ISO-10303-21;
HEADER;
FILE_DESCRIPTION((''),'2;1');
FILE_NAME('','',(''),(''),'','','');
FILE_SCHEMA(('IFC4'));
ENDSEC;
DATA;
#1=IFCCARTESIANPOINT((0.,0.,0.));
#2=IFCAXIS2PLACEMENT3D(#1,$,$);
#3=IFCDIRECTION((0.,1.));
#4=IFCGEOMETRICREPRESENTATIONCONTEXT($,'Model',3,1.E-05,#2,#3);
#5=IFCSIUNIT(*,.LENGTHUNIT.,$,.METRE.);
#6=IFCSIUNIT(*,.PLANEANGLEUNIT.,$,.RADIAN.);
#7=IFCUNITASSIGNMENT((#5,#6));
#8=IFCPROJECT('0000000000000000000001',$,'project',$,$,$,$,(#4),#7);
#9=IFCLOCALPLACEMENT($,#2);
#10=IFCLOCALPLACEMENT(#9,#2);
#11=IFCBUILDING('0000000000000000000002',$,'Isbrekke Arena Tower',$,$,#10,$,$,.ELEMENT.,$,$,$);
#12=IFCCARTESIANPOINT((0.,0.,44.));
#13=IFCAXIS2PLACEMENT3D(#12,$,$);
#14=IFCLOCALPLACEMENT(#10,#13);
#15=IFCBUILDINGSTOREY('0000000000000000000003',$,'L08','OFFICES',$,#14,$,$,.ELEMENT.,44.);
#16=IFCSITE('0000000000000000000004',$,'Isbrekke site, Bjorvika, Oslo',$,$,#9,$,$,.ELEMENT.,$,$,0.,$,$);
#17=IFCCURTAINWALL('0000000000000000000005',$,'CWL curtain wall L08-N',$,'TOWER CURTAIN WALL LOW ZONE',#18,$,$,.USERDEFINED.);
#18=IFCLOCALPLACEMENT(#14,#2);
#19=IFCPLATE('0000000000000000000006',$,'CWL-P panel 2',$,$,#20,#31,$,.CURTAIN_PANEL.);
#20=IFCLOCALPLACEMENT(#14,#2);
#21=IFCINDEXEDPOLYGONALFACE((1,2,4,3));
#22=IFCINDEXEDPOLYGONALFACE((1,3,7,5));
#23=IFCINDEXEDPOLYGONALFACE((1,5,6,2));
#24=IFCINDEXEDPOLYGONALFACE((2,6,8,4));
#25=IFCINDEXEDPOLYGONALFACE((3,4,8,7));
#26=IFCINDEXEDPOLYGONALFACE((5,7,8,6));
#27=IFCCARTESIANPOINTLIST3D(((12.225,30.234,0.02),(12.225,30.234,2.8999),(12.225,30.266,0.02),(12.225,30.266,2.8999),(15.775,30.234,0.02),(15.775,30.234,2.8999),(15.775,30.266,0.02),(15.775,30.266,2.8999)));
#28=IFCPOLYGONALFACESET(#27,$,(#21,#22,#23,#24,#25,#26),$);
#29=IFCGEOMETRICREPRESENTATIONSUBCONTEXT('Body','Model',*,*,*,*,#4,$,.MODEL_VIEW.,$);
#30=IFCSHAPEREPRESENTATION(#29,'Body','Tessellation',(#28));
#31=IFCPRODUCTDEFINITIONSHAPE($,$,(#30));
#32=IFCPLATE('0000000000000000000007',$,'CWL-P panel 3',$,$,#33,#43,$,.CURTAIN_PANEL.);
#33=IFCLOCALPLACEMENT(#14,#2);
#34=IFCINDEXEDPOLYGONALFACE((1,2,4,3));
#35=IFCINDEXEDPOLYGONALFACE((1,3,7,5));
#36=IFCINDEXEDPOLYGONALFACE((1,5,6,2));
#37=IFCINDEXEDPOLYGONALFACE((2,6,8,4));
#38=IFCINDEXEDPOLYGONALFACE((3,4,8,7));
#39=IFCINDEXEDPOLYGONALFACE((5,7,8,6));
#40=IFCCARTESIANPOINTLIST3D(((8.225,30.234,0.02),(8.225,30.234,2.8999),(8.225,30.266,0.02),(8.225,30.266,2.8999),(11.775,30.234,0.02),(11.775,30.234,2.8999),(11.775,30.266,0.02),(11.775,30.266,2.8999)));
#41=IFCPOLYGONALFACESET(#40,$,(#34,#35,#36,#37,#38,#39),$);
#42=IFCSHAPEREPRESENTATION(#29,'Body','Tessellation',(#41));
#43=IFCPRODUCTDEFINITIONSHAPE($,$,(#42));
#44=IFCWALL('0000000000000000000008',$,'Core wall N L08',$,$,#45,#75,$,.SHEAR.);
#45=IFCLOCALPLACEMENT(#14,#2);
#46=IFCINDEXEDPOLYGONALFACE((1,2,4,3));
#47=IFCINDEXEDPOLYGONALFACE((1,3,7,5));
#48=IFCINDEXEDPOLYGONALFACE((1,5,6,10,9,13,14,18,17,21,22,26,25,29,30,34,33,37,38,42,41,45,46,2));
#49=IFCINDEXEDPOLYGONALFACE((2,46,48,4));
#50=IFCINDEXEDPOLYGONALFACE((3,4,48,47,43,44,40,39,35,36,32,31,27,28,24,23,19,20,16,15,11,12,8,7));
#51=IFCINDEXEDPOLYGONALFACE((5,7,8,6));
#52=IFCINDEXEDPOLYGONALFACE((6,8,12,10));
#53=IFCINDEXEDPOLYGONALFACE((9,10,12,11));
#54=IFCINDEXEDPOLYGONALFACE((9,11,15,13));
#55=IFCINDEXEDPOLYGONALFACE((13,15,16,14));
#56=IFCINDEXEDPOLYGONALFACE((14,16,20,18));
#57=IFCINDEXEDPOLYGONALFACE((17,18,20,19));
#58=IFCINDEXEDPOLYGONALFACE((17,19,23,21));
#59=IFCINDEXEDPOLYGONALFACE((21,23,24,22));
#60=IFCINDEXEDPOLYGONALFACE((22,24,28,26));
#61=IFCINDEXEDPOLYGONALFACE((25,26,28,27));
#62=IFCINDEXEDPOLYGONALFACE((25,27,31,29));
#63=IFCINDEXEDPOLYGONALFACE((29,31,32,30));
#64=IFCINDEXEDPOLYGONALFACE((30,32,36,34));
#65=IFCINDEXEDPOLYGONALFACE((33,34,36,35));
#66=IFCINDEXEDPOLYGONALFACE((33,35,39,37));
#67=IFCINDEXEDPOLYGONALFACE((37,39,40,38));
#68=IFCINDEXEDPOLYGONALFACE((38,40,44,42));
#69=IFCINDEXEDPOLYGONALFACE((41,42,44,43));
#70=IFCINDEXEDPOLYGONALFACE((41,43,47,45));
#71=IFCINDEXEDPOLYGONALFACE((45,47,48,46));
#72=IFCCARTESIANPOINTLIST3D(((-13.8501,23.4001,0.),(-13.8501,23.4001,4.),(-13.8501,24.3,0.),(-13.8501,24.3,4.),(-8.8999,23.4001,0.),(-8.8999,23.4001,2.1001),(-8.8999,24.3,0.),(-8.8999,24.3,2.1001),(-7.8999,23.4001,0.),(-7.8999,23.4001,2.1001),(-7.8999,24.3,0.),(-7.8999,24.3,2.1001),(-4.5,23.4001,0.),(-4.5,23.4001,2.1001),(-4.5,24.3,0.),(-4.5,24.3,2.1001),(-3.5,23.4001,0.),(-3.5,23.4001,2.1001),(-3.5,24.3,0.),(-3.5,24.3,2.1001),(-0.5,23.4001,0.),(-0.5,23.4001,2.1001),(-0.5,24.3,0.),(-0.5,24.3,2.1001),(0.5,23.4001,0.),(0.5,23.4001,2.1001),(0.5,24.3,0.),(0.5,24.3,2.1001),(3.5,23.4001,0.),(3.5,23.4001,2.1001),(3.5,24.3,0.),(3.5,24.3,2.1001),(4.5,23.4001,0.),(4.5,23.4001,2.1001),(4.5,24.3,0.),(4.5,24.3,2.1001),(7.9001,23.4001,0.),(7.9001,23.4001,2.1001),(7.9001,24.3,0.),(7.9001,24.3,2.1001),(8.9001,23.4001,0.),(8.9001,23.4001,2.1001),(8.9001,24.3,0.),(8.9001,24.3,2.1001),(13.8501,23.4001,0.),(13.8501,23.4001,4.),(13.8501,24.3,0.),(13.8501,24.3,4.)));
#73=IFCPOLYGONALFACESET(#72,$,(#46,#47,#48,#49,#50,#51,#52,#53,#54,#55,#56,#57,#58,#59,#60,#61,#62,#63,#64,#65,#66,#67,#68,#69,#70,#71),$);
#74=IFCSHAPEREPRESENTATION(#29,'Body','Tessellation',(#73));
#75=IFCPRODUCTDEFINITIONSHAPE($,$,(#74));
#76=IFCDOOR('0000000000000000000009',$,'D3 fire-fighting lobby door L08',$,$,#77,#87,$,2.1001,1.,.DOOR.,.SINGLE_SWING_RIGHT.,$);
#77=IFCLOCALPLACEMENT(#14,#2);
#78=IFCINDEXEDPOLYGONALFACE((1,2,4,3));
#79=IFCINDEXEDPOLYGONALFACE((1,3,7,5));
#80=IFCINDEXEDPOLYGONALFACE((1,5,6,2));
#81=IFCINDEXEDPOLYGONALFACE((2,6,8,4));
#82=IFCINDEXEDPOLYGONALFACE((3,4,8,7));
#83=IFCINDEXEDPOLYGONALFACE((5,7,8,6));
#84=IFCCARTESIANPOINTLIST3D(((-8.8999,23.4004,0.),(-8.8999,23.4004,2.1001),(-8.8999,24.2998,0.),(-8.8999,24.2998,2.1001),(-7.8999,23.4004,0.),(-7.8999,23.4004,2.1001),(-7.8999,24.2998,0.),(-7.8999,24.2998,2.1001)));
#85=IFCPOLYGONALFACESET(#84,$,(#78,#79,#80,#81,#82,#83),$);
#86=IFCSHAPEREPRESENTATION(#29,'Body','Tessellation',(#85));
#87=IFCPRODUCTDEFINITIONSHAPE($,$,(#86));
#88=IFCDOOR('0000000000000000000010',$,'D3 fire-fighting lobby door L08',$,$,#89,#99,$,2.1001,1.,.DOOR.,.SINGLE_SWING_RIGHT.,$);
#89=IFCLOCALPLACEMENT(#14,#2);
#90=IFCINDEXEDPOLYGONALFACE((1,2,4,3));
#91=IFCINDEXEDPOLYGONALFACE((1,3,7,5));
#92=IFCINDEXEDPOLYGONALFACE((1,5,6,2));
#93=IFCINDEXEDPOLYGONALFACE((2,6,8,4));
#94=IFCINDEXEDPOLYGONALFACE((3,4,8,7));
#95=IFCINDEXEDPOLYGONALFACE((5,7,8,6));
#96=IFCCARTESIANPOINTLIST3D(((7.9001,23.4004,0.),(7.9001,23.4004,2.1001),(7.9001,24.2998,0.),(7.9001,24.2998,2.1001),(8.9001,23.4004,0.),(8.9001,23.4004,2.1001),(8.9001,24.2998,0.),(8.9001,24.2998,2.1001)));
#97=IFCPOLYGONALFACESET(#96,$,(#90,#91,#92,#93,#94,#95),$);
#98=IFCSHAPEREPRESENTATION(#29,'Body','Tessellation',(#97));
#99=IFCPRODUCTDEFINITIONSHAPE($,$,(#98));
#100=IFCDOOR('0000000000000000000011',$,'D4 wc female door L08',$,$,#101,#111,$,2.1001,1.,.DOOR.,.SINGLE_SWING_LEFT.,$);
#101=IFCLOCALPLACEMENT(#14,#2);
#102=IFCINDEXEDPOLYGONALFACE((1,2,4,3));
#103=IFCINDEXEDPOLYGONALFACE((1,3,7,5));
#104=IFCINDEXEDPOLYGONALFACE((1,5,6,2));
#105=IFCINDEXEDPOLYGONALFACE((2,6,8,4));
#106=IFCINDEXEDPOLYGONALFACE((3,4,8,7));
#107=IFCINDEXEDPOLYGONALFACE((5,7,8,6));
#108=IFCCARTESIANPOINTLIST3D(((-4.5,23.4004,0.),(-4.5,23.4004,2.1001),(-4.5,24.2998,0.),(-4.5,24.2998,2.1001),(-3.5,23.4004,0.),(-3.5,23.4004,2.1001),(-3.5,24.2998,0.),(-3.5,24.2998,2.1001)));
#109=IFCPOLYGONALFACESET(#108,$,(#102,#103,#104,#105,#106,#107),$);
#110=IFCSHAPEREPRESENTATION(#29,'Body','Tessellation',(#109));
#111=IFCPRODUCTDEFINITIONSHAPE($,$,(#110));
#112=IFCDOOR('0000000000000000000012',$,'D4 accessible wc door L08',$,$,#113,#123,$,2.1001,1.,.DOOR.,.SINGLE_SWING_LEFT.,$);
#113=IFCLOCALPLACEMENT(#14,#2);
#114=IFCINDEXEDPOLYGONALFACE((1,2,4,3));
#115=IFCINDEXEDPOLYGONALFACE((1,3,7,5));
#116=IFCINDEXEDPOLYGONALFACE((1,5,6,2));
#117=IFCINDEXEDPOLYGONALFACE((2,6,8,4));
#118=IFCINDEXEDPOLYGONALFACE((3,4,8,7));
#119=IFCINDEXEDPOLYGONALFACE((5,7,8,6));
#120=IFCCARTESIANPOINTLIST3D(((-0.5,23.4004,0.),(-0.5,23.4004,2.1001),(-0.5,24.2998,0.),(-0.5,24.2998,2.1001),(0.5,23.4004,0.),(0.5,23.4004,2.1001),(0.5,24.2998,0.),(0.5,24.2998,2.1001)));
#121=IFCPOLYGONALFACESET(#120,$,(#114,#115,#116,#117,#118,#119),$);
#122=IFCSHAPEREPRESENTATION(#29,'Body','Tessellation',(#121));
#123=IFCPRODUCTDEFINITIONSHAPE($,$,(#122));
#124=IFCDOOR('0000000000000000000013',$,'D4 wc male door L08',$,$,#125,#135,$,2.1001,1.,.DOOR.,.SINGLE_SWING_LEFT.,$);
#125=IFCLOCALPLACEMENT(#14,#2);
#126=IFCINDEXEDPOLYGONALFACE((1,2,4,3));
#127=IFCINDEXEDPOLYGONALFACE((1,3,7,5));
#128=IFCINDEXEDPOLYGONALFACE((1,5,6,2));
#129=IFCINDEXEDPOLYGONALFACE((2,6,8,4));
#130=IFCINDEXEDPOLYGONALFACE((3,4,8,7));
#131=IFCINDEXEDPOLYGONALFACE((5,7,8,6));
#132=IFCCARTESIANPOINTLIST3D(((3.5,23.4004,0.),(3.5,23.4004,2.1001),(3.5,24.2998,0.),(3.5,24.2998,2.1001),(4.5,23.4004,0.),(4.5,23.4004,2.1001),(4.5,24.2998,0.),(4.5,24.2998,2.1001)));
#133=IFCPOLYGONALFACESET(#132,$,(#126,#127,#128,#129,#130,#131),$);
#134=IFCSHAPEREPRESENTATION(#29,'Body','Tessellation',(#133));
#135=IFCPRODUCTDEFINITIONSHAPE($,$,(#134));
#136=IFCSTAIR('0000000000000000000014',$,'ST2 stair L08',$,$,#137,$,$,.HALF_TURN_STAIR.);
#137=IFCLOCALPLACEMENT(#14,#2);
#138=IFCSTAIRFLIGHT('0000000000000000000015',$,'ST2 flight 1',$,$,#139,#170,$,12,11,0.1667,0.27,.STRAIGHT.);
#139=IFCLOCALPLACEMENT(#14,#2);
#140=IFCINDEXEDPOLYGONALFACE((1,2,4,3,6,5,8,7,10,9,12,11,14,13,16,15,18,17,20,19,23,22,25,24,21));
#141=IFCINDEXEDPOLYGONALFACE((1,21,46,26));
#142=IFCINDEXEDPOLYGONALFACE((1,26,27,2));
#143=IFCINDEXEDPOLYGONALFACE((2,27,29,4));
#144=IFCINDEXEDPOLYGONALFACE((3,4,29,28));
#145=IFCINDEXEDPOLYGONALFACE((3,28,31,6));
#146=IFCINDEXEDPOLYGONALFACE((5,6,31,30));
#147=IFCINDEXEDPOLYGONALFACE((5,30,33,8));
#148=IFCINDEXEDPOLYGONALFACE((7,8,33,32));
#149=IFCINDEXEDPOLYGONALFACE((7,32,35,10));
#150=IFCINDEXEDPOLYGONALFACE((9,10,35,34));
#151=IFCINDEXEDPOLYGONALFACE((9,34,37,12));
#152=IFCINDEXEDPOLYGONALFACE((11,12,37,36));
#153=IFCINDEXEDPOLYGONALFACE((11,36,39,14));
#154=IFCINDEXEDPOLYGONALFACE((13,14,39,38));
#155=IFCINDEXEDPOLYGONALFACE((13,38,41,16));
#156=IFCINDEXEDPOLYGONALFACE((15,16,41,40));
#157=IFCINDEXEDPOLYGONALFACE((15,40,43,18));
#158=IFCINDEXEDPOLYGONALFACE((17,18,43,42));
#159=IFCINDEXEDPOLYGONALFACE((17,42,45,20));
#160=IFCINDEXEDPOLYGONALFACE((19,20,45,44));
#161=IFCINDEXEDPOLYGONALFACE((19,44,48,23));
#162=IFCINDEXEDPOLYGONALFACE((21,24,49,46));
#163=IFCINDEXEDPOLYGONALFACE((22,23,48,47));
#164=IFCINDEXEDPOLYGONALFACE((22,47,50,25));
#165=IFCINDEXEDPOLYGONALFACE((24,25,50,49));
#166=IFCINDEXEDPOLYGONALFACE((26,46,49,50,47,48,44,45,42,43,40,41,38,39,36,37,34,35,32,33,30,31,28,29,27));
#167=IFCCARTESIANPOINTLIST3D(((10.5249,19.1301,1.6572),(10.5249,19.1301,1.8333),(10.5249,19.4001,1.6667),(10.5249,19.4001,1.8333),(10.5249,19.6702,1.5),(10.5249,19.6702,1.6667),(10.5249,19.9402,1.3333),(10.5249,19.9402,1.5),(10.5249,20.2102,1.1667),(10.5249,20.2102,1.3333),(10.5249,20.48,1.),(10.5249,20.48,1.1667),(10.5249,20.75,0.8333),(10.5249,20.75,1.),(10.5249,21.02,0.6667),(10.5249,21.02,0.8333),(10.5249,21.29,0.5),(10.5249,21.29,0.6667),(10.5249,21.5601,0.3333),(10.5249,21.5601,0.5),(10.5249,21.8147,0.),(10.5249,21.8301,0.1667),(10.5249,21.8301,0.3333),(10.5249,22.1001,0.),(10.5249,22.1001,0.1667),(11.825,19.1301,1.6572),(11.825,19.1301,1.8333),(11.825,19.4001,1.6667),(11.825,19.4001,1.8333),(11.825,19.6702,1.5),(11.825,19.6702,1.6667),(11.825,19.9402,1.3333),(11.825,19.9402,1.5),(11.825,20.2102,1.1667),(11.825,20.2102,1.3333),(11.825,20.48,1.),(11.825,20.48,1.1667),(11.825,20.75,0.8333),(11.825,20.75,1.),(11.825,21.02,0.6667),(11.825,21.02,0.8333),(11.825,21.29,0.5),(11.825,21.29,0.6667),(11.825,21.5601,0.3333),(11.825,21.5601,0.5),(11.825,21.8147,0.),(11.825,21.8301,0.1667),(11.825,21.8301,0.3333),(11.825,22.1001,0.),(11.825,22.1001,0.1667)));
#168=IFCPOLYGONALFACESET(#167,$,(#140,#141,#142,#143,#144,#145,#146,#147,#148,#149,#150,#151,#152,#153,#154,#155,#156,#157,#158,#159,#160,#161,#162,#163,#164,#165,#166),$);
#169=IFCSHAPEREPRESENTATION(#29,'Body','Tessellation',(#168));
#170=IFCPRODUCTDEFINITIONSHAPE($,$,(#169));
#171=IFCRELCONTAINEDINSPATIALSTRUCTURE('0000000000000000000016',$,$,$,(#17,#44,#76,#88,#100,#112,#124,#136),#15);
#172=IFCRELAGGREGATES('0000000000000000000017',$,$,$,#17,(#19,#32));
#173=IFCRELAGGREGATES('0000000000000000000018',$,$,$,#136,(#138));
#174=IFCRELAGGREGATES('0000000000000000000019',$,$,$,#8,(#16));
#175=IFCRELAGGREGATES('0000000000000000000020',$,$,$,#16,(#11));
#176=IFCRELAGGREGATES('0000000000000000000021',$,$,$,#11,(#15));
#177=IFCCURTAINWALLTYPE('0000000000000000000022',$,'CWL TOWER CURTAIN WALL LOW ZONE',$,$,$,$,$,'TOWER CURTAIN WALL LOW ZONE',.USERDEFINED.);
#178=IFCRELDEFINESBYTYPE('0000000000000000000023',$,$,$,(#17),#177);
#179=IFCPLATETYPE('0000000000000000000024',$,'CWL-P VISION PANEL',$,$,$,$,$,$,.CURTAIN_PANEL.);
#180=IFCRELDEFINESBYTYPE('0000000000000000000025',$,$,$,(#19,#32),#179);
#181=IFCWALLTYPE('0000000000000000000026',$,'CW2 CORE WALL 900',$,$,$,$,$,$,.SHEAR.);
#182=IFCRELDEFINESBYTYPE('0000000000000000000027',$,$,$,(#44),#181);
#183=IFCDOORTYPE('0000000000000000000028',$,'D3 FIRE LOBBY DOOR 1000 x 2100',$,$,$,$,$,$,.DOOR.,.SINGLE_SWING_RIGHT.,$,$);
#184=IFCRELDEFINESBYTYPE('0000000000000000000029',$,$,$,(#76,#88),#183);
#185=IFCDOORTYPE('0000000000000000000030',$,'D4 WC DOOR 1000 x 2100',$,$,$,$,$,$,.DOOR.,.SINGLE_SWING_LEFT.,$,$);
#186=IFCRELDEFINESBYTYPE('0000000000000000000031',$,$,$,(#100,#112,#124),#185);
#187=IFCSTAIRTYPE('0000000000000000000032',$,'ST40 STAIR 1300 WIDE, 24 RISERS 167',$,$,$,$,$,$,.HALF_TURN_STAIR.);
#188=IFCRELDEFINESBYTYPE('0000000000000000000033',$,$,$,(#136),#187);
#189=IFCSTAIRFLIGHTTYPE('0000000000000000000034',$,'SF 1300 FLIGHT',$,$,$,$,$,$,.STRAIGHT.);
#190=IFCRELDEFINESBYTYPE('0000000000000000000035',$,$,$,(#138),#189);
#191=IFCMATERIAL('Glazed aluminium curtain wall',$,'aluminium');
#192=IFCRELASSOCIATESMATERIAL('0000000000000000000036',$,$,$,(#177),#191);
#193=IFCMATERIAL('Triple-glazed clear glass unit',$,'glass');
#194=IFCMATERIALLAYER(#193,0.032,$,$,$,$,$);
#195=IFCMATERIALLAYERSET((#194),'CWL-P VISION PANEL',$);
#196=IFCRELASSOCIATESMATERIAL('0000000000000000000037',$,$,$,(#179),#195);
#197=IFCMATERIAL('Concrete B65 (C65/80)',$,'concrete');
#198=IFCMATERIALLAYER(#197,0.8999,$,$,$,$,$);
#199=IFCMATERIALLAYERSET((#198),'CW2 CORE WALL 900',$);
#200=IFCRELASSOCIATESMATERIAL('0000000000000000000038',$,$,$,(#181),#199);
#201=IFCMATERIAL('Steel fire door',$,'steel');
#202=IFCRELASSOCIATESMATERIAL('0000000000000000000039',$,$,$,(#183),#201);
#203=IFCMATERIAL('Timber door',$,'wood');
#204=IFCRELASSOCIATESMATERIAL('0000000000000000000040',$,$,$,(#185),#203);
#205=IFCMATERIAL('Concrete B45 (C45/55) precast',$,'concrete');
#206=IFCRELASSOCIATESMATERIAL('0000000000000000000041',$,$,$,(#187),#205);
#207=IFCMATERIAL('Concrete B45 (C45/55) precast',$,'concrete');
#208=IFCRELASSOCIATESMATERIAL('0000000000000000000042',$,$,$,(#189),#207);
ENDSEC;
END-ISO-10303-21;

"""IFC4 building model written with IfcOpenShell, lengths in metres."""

from ifc_helpers import new_model, si_unit, direction, frame, frame_2d, origin, origin_2d, place, context, subcontext, project, spatial, polyline, rectangle, outline, extrude, material, layer, layer_set, type_object, element, fill, aggregate, save


model = new_model("IFC4")

# Units and contexts
model_context = context("Model", 3, precision=1e-05, world=origin(), true_north=direction((0.0, 1.0)))
body_context = subcontext(model_context, "Body", "Model", "MODEL_VIEW")
ifc_project = project(units=[si_unit("LENGTHUNIT", "METRE"), si_unit("PLANEANGLEUNIT", "RADIAN")], contexts=[model_context])

# Site, building, storey
site_placement = place(None, origin())
site = spatial("IfcSite", under=ifc_project, at=site_placement, Name="Isbrekke site, Bjorvika, Oslo", CompositionType="ELEMENT", RefElevation=0.0)
building_placement = place(site_placement, origin())
building = spatial("IfcBuilding", under=site, at=building_placement, Name="Isbrekke Arena Tower", CompositionType="ELEMENT")
storey_placement = place(building_placement, frame((0.0, 0.0, 44.0)))
storey = spatial("IfcBuildingStorey", under=building, at=storey_placement, Name="L08", Description="OFFICES", CompositionType="ELEMENT", Elevation=44.0)

# Curtain wall
ifc_material_1 = material(Name="Glazed aluminium curtain wall", Category="aluminium")
curtain_wall_type = type_object("IfcCurtainWallType", Name="CWL TOWER CURTAIN WALL LOW ZONE", ElementType="TOWER CURTAIN WALL LOW ZONE", PredefinedType="USERDEFINED", material=ifc_material_1)
curtain_wall_placement = place(storey_placement, origin())
curtain_wall = element("IfcCurtainWall", 1, at=curtain_wall_placement, inside=storey, type_object=curtain_wall_type, Name="CWL curtain wall L08-N", ObjectType="TOWER CURTAIN WALL LOW ZONE", PredefinedType="USERDEFINED")

# Plates
ifc_material_2 = material(Name="Triple-glazed clear glass unit", Category="glass")
ifc_layer_1 = layer(ifc_material_2, 0.032)
ifc_layer_set_1 = layer_set([ifc_layer_1], Name="CWL-P VISION PANEL")
plate_type = type_object("IfcPlateType", Name="CWL-P VISION PANEL", PredefinedType="CURTAIN_PANEL", material=ifc_layer_set_1)
plate_1_placement = place(storey_placement, frame((14.0, 30.25, 0.02), z_axis=(0.0, 0.0, 1.0), x_axis=(-1.0, 0.0, 0.0)))
plate_1 = element("IfcPlate", 2, at=plate_1_placement, type_object=plate_type, Name="CWL-P panel 2", PredefinedType="CURTAIN_PANEL", context=body_context, shape_type="SweptSolid", body=[
    extrude(rectangle(XDim=3.55, YDim=0.032, at=origin_2d()), origin(), (0.0, 0.0, 1.0), 2.8799),
])
plate_2_placement = place(storey_placement, frame((10.0, 30.25, 0.02), z_axis=(0.0, 0.0, 1.0), x_axis=(-1.0, 0.0, 0.0)))
plate_2 = element("IfcPlate", 3, at=plate_2_placement, type_object=plate_type, Name="CWL-P panel 3", PredefinedType="CURTAIN_PANEL", context=body_context, shape_type="SweptSolid", body=[
    extrude(rectangle(XDim=3.55, YDim=0.032, at=origin_2d()), origin(), (0.0, 0.0, 1.0), 2.8799),
])
aggregate(curtain_wall, [plate_1, plate_2])

# Wall, openings, doors
ifc_material_3 = material(Name="Concrete B65 (C65/80)", Category="concrete")
ifc_layer_2 = layer(ifc_material_3, 0.8999)
ifc_layer_set_2 = layer_set([ifc_layer_2], Name="CW2 CORE WALL 900")
wall_type = type_object("IfcWallType", Name="CW2 CORE WALL 900", PredefinedType="SHEAR", material=ifc_layer_set_2)
wall_placement = place(storey_placement, frame((13.8501, 23.8501, 0.0), z_axis=(0.0, 0.0, 1.0), x_axis=(-1.0, 0.0, 0.0)))
wall = element("IfcWall", 4, at=wall_placement, inside=storey, type_object=wall_type, Name="Core wall N L08", PredefinedType="SHEAR", context=body_context, shape_type="SweptSolid", body=[
    extrude(rectangle(XDim=27.7002, YDim=0.8999, at=frame_2d((13.8501, 0.0))), origin(), (0.0, 0.0, 1.0), 4.0),
])
opening_1_placement = place(wall_placement, frame((21.75, 0.0, 0.0)))
opening_1 = element("IfcOpeningElement", 5, at=opening_1_placement, cuts=wall, PredefinedType="OPENING", context=body_context, shape_type="SweptSolid", body=[
    extrude(rectangle(XDim=1.0, YDim=2.1001, at=frame_2d((0.5, 1.05))), frame((0.0, 0.4648, 0.0), z_axis=(0.0, -1.0, 0.0), x_axis=(1.0, 0.0, 0.0)), (0.0, 0.0, 1.0), 0.9297),
])
opening_2_placement = place(wall_placement, frame((4.95, 0.0, 0.0)))
opening_2 = element("IfcOpeningElement", 6, at=opening_2_placement, cuts=wall, PredefinedType="OPENING", context=body_context, shape_type="SweptSolid", body=[
    extrude(rectangle(XDim=1.0, YDim=2.1001, at=frame_2d((0.5, 1.05))), frame((0.0, 0.4648, 0.0), z_axis=(0.0, -1.0, 0.0), x_axis=(1.0, 0.0, 0.0)), (0.0, 0.0, 1.0), 0.9297),
])
opening_3_placement = place(wall_placement, frame((17.3501, 0.0, 0.0)))
opening_3 = element("IfcOpeningElement", 7, at=opening_3_placement, cuts=wall, PredefinedType="OPENING", context=body_context, shape_type="SweptSolid", body=[
    extrude(rectangle(XDim=1.0, YDim=2.1001, at=frame_2d((0.5, 1.05))), frame((0.0, 0.4648, 0.0), z_axis=(0.0, -1.0, 0.0), x_axis=(1.0, 0.0, 0.0)), (0.0, 0.0, 1.0), 0.9297),
])
opening_4_placement = place(wall_placement, frame((13.3501, 0.0, 0.0)))
opening_4 = element("IfcOpeningElement", 8, at=opening_4_placement, cuts=wall, PredefinedType="OPENING", context=body_context, shape_type="SweptSolid", body=[
    extrude(rectangle(XDim=1.0, YDim=2.1001, at=frame_2d((0.5, 1.05))), frame((0.0, 0.4648, 0.0), z_axis=(0.0, -1.0, 0.0), x_axis=(1.0, 0.0, 0.0)), (0.0, 0.0, 1.0), 0.9297),
])
opening_5_placement = place(wall_placement, frame((9.3501, 0.0, 0.0)))
opening_5 = element("IfcOpeningElement", 9, at=opening_5_placement, cuts=wall, PredefinedType="OPENING", context=body_context, shape_type="SweptSolid", body=[
    extrude(rectangle(XDim=1.0, YDim=2.1001, at=frame_2d((0.5, 1.05))), frame((0.0, 0.4648, 0.0), z_axis=(0.0, -1.0, 0.0), x_axis=(1.0, 0.0, 0.0)), (0.0, 0.0, 1.0), 0.9297),
])
ifc_material_4 = material(Name="Steel fire door", Category="steel")
door_type_1 = type_object("IfcDoorType", Name="D3 FIRE LOBBY DOOR 1000 x 2100", OperationType="SINGLE_SWING_RIGHT", PredefinedType="DOOR", material=ifc_material_4)
door_1_placement = place(opening_1_placement, origin())
door_1 = element("IfcDoor", 10, at=door_1_placement, inside=storey, type_object=door_type_1, Name="D3 fire-fighting lobby door L08", OperationType="SINGLE_SWING_RIGHT", OverallHeight=2.1001, OverallWidth=1.0, PredefinedType="DOOR", context=body_context, shape_type="SweptSolid", body=[
    extrude(rectangle(XDim=1.0, YDim=2.1001, at=frame_2d((0.5, 1.05))), frame((0.0, 0.4497, 0.0), z_axis=(0.0, -1.0, 0.0), x_axis=(1.0, 0.0, 0.0)), (0.0, 0.0, 1.0), 0.8994),
])
fill(opening_1, door_1)
door_2_placement = place(opening_2_placement, origin())
door_2 = element("IfcDoor", 11, at=door_2_placement, inside=storey, type_object=door_type_1, Name="D3 fire-fighting lobby door L08", OperationType="SINGLE_SWING_RIGHT", OverallHeight=2.1001, OverallWidth=1.0, PredefinedType="DOOR", context=body_context, shape_type="SweptSolid", body=[
    extrude(rectangle(XDim=1.0, YDim=2.1001, at=frame_2d((0.5, 1.05))), frame((0.0, 0.4497, 0.0), z_axis=(0.0, -1.0, 0.0), x_axis=(1.0, 0.0, 0.0)), (0.0, 0.0, 1.0), 0.8994),
])
fill(opening_2, door_2)
ifc_material_5 = material(Name="Timber door", Category="wood")
door_type_2 = type_object("IfcDoorType", Name="D4 WC DOOR 1000 x 2100", OperationType="SINGLE_SWING_LEFT", PredefinedType="DOOR", material=ifc_material_5)
door_3_placement = place(opening_3_placement, origin())
door_3 = element("IfcDoor", 12, at=door_3_placement, inside=storey, type_object=door_type_2, Name="D4 wc female door L08", OperationType="SINGLE_SWING_LEFT", OverallHeight=2.1001, OverallWidth=1.0, PredefinedType="DOOR", context=body_context, shape_type="SweptSolid", body=[
    extrude(rectangle(XDim=1.0, YDim=2.1001, at=frame_2d((0.5, 1.05))), frame((0.0, 0.4497, 0.0), z_axis=(0.0, -1.0, 0.0), x_axis=(1.0, 0.0, 0.0)), (0.0, 0.0, 1.0), 0.8994),
])
fill(opening_3, door_3)
door_4_placement = place(opening_4_placement, origin())
door_4 = element("IfcDoor", 13, at=door_4_placement, inside=storey, type_object=door_type_2, Name="D4 accessible wc door L08", OperationType="SINGLE_SWING_LEFT", OverallHeight=2.1001, OverallWidth=1.0, PredefinedType="DOOR", context=body_context, shape_type="SweptSolid", body=[
    extrude(rectangle(XDim=1.0, YDim=2.1001, at=frame_2d((0.5, 1.05))), frame((0.0, 0.4497, 0.0), z_axis=(0.0, -1.0, 0.0), x_axis=(1.0, 0.0, 0.0)), (0.0, 0.0, 1.0), 0.8994),
])
fill(opening_4, door_4)
door_5_placement = place(opening_5_placement, origin())
door_5 = element("IfcDoor", 14, at=door_5_placement, inside=storey, type_object=door_type_2, Name="D4 wc male door L08", OperationType="SINGLE_SWING_LEFT", OverallHeight=2.1001, OverallWidth=1.0, PredefinedType="DOOR", context=body_context, shape_type="SweptSolid", body=[
    extrude(rectangle(XDim=1.0, YDim=2.1001, at=frame_2d((0.5, 1.05))), frame((0.0, 0.4497, 0.0), z_axis=(0.0, -1.0, 0.0), x_axis=(1.0, 0.0, 0.0)), (0.0, 0.0, 1.0), 0.8994),
])
fill(opening_5, door_5)

# Stair, stair flight
ifc_material_6 = material(Name="Concrete B45 (C45/55) precast", Category="concrete")
stair_type = type_object("IfcStairType", Name="ST40 STAIR 1300 WIDE, 24 RISERS 167", PredefinedType="HALF_TURN_STAIR", material=ifc_material_6)
stair_placement = place(storey_placement, origin())
stair = element("IfcStair", 15, at=stair_placement, inside=storey, type_object=stair_type, Name="ST2 stair L08", PredefinedType="HALF_TURN_STAIR")
ifc_material_7 = material(Name="Concrete B45 (C45/55) precast", Category="concrete")
stair_flight_type = type_object("IfcStairFlightType", Name="SF 1300 FLIGHT", PredefinedType="STRAIGHT", material=ifc_material_7)
stair_flight_1_placement = place(storey_placement, frame((11.175, 22.1001, 0.0), z_axis=(0.0, 0.0, 1.0), x_axis=(0.0, -1.0, 0.0)))
stair_flight_1 = element("IfcStairFlight", 16, at=stair_flight_1_placement, type_object=stair_flight_type, Name="ST2 flight 1", NumberOfRisers=12, NumberOfTreads=11, PredefinedType="STRAIGHT", RiserHeight=0.1667, TreadLength=0.27, context=body_context, shape_type="SweptSolid", body=[
    extrude(outline(polyline([(0.0, 0.0), (0.0, 0.1667), (0.27, 0.1667), (0.27, 0.3333), (0.54, 0.3333), (0.54, 0.5), (0.8101, 0.5), (0.8101, 0.6667), (1.0801, 0.6667), (1.0801, 0.8333), (1.3501, 0.8333), (1.3501, 1.0), (1.6201, 1.0), (1.6201, 1.1667), (1.8899, 1.1667), (1.8899, 1.3333), (2.1599, 1.3333), (2.1599, 1.5), (2.4299, 1.5), (2.4299, 1.6667), (2.7, 1.6667), (2.7, 1.8333), (2.97, 1.8333), (2.97, 2.0), (2.97, 1.6572), (0.2854, 0.0), (0.0, 0.0)])), frame((0.0, 0.6499, 0.0), z_axis=(0.0, -1.0, 0.0), x_axis=(1.0, 0.0, 0.0)), (0.0, 0.0, 1.0), 1.3),
])
aggregate(stair, [stair_flight_1])

save(model, "model.ifc")
